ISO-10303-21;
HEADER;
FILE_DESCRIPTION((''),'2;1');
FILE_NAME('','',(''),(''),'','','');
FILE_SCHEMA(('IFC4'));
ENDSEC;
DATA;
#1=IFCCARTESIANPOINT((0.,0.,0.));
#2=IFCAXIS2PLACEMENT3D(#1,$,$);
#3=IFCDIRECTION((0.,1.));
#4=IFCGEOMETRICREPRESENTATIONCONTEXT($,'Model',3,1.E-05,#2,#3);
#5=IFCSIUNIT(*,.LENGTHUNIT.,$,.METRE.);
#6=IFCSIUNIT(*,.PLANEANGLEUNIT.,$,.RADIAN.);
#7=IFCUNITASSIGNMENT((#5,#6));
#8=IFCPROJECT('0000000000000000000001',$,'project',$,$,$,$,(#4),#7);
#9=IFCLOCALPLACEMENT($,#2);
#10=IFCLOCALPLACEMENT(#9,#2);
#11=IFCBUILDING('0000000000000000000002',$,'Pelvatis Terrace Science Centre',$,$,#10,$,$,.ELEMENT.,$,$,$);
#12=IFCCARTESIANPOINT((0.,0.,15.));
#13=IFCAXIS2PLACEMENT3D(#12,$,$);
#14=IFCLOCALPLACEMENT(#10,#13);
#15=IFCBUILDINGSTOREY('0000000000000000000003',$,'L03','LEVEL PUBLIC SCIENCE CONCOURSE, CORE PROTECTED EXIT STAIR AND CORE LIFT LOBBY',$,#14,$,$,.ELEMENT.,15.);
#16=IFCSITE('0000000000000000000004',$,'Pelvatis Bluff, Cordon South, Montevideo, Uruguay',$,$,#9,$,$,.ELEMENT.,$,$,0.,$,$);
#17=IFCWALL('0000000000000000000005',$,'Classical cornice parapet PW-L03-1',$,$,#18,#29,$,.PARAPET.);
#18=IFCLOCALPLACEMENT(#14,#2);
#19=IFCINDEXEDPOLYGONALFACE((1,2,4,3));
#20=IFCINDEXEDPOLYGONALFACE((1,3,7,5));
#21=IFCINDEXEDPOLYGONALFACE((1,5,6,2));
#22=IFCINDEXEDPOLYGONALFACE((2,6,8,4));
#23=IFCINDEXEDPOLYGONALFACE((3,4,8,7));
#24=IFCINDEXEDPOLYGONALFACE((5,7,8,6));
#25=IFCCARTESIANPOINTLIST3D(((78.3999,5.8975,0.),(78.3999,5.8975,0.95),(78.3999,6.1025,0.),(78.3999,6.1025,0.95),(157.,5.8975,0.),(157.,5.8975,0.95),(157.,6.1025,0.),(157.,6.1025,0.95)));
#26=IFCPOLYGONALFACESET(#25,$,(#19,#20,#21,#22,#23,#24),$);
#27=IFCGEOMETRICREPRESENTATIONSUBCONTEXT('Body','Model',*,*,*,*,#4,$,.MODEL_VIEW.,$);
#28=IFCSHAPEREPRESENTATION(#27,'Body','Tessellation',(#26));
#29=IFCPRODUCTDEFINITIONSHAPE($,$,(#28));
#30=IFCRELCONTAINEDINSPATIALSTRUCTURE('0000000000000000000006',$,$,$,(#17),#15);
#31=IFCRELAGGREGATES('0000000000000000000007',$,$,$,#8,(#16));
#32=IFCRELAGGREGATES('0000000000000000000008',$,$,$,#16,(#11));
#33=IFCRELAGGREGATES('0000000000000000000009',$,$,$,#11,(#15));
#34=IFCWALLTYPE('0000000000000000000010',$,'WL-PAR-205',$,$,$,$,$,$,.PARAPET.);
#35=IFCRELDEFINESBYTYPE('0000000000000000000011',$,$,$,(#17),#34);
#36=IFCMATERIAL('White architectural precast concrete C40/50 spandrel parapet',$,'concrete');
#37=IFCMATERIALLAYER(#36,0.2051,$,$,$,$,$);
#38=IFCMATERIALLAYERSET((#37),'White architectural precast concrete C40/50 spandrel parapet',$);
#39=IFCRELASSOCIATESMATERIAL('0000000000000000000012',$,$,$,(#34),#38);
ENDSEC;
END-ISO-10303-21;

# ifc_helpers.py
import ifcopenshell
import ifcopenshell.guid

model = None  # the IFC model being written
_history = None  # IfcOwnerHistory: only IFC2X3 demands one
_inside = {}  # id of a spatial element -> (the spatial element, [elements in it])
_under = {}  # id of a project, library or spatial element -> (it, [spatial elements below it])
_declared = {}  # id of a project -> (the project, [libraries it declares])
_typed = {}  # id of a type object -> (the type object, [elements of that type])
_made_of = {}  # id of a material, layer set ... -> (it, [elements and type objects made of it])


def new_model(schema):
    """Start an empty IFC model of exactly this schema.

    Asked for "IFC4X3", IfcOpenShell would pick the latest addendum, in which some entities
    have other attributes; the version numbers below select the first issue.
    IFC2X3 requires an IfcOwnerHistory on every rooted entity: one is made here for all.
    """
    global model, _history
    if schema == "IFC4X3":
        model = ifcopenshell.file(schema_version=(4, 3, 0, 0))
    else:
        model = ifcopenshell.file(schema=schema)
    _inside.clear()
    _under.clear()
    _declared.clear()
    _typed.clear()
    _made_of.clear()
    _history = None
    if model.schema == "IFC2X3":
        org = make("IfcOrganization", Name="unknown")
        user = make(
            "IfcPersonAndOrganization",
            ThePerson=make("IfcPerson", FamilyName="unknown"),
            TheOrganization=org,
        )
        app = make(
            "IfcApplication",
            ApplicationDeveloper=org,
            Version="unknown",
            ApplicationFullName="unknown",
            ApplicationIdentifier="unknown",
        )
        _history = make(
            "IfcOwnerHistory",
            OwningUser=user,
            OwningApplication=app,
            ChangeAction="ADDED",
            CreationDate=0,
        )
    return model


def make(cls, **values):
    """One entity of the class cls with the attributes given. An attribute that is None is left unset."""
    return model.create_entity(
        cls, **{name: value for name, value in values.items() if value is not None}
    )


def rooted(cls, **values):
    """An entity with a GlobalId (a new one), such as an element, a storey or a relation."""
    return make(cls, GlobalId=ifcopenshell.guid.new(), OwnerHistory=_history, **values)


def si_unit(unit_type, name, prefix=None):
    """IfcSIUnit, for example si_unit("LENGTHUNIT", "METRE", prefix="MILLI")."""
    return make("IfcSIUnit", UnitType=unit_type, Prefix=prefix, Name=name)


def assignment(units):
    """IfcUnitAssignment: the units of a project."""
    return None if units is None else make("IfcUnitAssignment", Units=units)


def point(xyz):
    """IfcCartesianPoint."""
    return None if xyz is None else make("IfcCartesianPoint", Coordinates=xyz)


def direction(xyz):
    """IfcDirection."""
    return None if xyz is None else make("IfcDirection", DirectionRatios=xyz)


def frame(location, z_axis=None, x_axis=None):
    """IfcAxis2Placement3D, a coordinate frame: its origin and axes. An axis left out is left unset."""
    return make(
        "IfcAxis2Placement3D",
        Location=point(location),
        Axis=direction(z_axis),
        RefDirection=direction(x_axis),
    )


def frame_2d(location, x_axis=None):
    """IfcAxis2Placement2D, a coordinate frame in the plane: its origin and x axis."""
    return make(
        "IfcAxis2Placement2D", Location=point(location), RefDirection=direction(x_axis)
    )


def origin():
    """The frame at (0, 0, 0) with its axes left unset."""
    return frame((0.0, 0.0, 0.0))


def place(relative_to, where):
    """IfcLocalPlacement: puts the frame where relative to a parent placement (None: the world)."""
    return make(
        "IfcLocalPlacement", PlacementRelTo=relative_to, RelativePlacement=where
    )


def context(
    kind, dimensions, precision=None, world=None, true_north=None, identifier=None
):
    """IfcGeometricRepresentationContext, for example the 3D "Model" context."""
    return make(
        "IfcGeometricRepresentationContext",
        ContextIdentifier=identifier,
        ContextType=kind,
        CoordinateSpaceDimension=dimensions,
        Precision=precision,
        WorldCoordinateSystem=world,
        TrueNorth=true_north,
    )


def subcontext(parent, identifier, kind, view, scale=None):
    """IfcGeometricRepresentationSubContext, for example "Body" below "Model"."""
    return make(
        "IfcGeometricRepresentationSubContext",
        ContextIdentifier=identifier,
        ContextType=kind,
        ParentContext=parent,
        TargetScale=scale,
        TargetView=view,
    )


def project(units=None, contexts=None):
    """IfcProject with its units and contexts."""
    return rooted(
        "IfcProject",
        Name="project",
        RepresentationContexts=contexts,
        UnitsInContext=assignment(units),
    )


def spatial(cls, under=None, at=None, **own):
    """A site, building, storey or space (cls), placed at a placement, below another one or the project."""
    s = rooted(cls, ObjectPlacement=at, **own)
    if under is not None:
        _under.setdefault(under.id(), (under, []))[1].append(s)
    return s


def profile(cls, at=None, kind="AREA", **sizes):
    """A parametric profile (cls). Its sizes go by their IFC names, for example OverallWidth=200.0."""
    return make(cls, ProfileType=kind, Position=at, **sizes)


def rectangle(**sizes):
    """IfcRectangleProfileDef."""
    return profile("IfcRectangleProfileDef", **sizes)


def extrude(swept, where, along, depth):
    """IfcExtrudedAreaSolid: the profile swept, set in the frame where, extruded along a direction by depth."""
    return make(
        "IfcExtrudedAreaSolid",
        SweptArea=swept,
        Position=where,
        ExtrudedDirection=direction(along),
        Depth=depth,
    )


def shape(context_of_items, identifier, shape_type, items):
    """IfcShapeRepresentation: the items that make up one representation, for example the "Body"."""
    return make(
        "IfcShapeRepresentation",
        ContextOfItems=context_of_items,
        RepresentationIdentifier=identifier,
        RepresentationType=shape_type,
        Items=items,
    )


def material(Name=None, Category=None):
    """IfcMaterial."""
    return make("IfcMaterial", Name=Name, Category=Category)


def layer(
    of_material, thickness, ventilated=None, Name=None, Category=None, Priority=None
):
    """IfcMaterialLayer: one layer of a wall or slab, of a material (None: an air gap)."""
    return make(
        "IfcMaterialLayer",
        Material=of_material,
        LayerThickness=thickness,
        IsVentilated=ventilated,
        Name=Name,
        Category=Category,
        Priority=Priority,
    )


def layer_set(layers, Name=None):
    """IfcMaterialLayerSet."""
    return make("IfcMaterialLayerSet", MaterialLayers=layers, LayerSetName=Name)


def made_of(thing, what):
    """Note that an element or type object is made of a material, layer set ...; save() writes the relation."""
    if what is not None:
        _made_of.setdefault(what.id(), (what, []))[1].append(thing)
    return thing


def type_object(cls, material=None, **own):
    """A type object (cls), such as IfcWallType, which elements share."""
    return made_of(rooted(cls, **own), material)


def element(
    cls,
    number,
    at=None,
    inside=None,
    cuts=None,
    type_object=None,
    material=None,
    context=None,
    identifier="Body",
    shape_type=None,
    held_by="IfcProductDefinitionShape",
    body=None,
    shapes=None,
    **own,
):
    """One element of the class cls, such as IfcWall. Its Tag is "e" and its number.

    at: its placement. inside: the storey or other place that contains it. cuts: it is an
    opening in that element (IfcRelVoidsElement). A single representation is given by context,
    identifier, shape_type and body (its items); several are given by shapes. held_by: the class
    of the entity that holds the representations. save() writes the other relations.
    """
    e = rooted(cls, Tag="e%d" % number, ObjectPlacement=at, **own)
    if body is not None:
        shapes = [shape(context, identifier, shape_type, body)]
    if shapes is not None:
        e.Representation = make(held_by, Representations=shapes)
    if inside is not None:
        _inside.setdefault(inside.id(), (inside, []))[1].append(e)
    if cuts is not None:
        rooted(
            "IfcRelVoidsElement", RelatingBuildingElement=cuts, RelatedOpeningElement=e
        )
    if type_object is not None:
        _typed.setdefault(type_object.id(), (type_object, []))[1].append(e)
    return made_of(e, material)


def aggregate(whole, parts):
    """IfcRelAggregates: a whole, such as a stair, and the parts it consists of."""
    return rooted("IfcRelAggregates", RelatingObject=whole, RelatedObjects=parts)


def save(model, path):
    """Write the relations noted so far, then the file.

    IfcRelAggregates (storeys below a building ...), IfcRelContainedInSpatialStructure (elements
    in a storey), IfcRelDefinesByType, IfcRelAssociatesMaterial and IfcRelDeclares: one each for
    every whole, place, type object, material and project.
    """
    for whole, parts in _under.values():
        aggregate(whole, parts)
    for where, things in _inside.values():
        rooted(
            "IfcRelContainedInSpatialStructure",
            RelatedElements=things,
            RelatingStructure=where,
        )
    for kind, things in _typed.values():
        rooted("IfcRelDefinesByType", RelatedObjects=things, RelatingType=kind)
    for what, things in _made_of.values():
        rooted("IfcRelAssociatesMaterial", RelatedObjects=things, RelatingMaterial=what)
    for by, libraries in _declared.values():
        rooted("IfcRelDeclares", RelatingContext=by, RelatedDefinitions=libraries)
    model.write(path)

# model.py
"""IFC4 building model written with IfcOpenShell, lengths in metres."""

from ifc_helpers import new_model, si_unit, direction, frame, frame_2d, origin, place, context, subcontext, project, spatial, rectangle, extrude, material, layer, layer_set, type_object, element, save


model = new_model("IFC4")

# Units and contexts
model_context = context("Model", 3, precision=1e-05, world=origin(), true_north=direction((0.0, 1.0)))
body_context = subcontext(model_context, "Body", "Model", "MODEL_VIEW")
ifc_project = project(units=[si_unit("LENGTHUNIT", "METRE"), si_unit("PLANEANGLEUNIT", "RADIAN")], contexts=[model_context])

# Site, building, storey
site_placement = place(None, origin())
site = spatial("IfcSite", under=ifc_project, at=site_placement, Name="Pelvatis Bluff, Cordon South, Montevideo, Uruguay", CompositionType="ELEMENT", RefElevation=0.0)
building_placement = place(site_placement, origin())
building = spatial("IfcBuilding", under=site, at=building_placement, Name="Pelvatis Terrace Science Centre", CompositionType="ELEMENT")
storey_placement = place(building_placement, frame((0.0, 0.0, 15.0)))
storey = spatial("IfcBuildingStorey", under=building, at=storey_placement, Name="L03", Description="LEVEL PUBLIC SCIENCE CONCOURSE, CORE PROTECTED EXIT STAIR AND CORE LIFT LOBBY", CompositionType="ELEMENT", Elevation=15.0)

# Wall
ifc_material_1 = material(Name="White architectural precast concrete C40/50 spandrel parapet", Category="concrete")
ifc_layer_1 = layer(ifc_material_1, 0.2051)
ifc_layer_set_1 = layer_set([ifc_layer_1], Name="White architectural precast concrete C40/50 spandrel parapet")
wall_type = type_object("IfcWallType", Name="WL-PAR-205", PredefinedType="PARAPET", material=ifc_layer_set_1)
wall_placement = place(storey_placement, frame((78.3999, 6.0, 0.0), z_axis=(0.0, 0.0, 1.0), x_axis=(1.0, 0.0, 0.0)))
element("IfcWall", 1, at=wall_placement, inside=storey, type_object=wall_type, Name="Classical cornice parapet PW-L03-1", PredefinedType="PARAPET", context=body_context, shape_type="SweptSolid", body=[
    extrude(rectangle(XDim=78.6001, YDim=0.2051, at=frame_2d((39.3, 0.0))), origin(), (0.0, 0.0, 1.0), 0.95),
])

save(model, "model.ifc")
